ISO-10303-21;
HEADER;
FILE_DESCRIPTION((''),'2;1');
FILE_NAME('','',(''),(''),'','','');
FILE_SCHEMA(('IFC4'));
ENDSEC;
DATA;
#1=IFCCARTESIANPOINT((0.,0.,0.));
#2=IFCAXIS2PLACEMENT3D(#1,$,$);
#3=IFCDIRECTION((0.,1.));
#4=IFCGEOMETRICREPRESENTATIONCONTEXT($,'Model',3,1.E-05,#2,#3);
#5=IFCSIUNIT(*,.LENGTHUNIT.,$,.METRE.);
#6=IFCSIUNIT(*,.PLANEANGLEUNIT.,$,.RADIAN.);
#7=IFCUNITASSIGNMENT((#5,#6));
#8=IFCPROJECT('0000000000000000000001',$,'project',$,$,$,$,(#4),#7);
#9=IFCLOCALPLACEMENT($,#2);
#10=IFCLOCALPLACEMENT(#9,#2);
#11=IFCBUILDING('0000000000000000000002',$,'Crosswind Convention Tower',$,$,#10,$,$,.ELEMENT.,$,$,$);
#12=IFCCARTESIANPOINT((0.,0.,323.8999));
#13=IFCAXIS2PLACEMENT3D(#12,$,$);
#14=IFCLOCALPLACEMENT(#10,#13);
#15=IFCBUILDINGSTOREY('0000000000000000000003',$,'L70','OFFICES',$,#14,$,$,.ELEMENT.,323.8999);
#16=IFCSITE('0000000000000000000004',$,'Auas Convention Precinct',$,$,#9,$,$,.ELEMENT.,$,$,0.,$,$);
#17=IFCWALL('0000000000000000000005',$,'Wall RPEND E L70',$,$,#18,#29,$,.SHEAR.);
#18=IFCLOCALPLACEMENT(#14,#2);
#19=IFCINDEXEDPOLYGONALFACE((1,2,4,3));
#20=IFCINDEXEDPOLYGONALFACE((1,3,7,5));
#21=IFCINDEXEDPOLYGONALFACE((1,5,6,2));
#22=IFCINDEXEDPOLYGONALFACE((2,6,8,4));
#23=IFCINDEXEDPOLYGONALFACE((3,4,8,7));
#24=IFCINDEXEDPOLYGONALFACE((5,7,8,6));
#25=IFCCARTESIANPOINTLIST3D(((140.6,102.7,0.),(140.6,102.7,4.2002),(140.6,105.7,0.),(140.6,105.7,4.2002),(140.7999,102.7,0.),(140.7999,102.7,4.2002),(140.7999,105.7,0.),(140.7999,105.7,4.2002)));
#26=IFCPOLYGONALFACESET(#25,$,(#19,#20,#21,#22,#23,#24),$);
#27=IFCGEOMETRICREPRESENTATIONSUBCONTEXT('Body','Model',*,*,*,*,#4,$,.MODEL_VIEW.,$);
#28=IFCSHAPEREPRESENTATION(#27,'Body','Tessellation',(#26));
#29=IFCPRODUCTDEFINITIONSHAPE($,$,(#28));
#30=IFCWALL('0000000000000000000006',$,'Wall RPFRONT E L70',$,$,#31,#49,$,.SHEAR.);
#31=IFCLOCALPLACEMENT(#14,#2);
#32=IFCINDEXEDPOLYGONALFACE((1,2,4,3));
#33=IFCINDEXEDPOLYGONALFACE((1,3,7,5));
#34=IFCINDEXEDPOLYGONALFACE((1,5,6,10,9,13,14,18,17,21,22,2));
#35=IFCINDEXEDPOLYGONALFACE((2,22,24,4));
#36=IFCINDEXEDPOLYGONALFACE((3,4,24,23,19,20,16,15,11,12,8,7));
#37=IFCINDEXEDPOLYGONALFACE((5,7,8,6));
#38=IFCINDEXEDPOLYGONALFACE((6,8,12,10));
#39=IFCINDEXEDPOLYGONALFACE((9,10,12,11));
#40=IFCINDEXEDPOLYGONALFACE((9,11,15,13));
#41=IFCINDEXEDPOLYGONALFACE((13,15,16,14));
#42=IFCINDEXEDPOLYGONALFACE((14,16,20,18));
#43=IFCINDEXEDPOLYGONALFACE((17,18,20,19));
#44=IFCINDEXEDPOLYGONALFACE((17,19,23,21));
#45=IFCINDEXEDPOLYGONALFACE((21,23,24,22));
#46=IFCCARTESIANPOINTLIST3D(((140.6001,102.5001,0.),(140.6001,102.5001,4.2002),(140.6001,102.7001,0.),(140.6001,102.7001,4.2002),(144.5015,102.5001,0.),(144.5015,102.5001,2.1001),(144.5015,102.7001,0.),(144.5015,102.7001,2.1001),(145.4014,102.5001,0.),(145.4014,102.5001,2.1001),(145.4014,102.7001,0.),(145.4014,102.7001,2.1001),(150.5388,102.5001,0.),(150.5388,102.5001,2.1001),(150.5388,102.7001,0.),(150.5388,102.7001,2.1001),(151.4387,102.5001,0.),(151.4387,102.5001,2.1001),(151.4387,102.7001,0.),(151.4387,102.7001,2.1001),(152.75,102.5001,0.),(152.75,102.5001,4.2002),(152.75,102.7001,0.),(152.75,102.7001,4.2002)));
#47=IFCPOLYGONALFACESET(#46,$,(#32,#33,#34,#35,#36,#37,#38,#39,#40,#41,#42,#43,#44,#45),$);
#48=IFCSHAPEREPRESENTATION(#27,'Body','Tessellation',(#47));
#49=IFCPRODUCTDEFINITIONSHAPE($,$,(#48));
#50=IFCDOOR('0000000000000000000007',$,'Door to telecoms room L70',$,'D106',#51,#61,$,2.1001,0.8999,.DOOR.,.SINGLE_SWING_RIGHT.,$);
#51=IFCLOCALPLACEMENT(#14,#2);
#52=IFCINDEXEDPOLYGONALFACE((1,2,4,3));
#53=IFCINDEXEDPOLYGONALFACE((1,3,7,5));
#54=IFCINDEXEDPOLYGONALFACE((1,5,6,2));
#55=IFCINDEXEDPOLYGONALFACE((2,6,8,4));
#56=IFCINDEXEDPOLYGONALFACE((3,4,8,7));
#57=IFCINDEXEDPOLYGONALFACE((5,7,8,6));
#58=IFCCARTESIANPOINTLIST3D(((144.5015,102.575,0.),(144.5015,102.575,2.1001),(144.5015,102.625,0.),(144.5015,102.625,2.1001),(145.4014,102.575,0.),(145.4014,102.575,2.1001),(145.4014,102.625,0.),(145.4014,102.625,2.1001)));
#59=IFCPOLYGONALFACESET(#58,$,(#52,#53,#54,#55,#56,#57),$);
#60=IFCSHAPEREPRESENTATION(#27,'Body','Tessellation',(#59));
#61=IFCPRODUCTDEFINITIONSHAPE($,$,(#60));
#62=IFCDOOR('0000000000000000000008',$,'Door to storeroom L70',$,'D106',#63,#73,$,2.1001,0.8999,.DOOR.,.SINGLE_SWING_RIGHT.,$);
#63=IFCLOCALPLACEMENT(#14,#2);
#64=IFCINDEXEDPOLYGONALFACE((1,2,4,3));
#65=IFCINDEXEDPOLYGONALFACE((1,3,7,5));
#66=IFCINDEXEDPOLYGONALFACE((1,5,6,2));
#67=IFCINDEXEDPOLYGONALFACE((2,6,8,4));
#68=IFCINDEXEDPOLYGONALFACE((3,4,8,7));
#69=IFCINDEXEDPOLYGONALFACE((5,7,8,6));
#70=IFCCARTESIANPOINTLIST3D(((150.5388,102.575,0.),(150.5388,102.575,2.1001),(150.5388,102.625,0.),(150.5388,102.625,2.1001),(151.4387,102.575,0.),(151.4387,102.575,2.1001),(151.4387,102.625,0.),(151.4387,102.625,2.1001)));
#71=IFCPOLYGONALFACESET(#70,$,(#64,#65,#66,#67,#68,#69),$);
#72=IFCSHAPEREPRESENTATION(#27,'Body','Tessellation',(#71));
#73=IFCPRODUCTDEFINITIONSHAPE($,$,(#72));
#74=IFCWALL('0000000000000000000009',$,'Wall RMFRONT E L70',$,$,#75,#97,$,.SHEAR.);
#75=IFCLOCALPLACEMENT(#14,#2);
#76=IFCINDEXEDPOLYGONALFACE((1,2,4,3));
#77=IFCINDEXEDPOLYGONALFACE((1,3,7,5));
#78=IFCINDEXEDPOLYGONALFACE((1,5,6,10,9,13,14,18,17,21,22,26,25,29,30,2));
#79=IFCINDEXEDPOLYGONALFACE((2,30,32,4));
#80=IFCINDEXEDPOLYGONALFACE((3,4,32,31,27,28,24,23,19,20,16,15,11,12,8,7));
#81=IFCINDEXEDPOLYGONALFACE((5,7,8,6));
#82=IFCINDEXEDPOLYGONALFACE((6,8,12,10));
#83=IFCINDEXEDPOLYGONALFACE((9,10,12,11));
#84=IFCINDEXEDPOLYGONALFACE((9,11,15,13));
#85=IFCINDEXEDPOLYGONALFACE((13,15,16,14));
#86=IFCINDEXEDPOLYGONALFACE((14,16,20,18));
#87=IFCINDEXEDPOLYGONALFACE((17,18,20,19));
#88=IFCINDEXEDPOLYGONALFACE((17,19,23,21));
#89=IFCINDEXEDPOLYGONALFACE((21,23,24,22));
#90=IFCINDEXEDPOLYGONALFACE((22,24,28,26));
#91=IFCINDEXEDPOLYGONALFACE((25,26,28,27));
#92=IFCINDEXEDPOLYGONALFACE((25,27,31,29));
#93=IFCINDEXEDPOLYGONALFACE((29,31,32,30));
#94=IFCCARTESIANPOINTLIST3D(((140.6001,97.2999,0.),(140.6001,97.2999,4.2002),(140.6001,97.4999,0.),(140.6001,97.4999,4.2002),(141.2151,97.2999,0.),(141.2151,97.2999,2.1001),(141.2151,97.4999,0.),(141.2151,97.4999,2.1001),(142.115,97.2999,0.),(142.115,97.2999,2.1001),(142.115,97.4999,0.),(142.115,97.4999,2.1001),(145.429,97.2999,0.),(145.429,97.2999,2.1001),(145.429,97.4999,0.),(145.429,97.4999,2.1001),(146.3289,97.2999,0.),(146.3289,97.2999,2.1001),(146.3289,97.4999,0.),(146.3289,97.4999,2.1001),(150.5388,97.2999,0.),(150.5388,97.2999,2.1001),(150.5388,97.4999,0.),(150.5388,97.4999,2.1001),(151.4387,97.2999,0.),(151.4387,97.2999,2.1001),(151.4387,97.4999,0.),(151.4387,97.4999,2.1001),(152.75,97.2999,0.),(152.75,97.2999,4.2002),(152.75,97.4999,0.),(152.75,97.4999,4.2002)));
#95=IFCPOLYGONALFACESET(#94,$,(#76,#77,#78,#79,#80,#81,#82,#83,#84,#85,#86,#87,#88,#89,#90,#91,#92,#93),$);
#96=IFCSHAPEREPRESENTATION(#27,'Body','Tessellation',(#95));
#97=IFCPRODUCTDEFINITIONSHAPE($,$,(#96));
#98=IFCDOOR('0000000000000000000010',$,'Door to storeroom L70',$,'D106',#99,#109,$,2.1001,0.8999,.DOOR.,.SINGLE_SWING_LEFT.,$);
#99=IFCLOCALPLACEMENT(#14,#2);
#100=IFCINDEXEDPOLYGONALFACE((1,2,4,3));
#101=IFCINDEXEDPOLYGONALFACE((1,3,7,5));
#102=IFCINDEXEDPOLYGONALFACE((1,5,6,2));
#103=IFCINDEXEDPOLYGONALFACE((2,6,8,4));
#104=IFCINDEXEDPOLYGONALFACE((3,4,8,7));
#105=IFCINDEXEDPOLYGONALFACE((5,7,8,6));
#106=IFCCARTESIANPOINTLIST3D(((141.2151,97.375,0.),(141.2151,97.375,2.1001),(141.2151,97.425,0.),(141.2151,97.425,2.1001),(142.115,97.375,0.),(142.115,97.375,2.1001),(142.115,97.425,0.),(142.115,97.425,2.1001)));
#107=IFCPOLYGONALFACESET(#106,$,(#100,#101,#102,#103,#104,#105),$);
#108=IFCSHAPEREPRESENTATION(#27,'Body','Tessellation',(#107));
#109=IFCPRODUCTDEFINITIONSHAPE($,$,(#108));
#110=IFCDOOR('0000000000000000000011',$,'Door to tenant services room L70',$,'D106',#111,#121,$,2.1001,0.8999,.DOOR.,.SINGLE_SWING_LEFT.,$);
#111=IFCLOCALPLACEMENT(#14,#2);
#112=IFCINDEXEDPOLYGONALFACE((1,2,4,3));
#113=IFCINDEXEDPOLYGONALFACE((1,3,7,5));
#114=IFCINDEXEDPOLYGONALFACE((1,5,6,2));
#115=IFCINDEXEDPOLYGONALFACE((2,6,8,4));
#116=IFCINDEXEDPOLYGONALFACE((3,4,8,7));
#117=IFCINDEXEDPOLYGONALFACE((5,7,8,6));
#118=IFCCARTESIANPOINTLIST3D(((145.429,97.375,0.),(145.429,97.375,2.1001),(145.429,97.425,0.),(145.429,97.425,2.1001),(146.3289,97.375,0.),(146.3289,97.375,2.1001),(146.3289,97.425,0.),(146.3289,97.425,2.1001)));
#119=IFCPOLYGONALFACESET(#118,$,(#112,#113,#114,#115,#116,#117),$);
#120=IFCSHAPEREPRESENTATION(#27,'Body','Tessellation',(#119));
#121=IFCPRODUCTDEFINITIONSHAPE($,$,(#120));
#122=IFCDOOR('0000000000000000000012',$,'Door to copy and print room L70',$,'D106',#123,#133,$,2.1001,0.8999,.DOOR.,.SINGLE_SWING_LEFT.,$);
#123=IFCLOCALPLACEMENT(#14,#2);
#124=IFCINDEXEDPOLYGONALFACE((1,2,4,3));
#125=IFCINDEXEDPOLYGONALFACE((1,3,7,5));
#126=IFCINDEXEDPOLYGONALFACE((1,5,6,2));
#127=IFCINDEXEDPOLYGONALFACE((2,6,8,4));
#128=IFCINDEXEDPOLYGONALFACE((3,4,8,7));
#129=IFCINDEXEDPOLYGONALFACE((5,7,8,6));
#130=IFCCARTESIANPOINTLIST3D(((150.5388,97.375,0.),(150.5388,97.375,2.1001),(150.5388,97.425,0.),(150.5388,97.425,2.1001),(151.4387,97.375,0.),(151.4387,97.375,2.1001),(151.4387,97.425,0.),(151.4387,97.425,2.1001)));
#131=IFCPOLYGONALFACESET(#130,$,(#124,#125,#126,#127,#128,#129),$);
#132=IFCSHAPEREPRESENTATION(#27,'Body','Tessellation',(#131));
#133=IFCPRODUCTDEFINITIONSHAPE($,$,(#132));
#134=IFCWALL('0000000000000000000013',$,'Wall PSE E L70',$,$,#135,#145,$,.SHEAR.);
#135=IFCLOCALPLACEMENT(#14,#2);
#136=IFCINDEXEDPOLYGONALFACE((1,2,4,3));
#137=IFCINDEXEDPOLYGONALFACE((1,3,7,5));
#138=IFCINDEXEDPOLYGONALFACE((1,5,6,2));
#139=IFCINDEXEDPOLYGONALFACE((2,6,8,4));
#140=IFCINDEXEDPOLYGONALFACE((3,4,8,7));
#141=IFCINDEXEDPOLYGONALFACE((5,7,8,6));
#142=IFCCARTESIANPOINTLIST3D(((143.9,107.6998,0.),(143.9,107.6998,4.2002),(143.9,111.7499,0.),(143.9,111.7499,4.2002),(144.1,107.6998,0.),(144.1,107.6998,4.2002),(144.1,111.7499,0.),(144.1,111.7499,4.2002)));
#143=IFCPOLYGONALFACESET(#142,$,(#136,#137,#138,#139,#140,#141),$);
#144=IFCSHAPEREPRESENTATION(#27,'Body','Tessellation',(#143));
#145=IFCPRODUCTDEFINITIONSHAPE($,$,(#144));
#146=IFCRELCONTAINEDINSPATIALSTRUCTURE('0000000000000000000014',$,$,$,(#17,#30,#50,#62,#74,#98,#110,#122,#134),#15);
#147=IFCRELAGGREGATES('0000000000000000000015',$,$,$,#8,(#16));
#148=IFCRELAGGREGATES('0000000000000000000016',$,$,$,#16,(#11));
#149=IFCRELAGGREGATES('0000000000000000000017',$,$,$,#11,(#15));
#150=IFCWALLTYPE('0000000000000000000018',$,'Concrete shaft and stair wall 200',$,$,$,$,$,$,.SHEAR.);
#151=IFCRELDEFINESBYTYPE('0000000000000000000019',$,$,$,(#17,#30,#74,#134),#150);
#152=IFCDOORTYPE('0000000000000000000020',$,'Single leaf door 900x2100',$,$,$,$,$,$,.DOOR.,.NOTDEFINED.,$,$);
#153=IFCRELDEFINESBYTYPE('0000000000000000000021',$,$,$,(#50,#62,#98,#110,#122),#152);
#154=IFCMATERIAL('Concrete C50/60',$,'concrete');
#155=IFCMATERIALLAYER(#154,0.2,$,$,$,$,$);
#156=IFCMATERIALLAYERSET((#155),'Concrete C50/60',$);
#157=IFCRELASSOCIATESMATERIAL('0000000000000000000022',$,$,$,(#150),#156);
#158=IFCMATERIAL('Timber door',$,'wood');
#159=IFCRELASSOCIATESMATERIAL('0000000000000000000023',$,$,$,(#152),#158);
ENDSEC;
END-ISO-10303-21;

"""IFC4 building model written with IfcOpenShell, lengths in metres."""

from ifc_helpers import new_model, si_unit, direction, frame, frame_2d, origin, place, context, subcontext, project, spatial, rectangle, extrude, material, layer, layer_set, type_object, element, fill, save


model = new_model("IFC4")

# Units and contexts
model_context = context("Model", 3, precision=1e-05, world=origin(), true_north=direction((0.0, 1.0)))
body_context = subcontext(model_context, "Body", "Model", "MODEL_VIEW")
ifc_project = project(units=[si_unit("LENGTHUNIT", "METRE"), si_unit("PLANEANGLEUNIT", "RADIAN")], contexts=[model_context])

# Site, building, storey
site_placement = place(None, origin())
site = spatial("IfcSite", under=ifc_project, at=site_placement, Name="Auas Convention Precinct", CompositionType="ELEMENT", RefElevation=0.0)
building_placement = place(site_placement, origin())
building = spatial("IfcBuilding", under=site, at=building_placement, Name="Crosswind Convention Tower", CompositionType="ELEMENT")
storey_placement = place(building_placement, frame((0.0, 0.0, 323.8999)))
storey = spatial("IfcBuildingStorey", under=building, at=storey_placement, Name="L70", Description="OFFICES", CompositionType="ELEMENT", Elevation=323.8999)

# Wall
ifc_material_1 = material(Name="Concrete C50/60", Category="concrete")
ifc_layer_1 = layer(ifc_material_1, 0.2)
ifc_layer_set_1 = layer_set([ifc_layer_1], Name="Concrete C50/60")
wall_type_1 = type_object("IfcWallType", Name="Concrete shaft and stair wall 200", PredefinedType="SHEAR", material=ifc_layer_set_1)
wall_1_placement = place(storey_placement, frame((140.7, 102.7, 0.0), z_axis=(0.0, 0.0, 1.0), x_axis=(0.0, 1.0, 0.0)))
element("IfcWall", 1, at=wall_1_placement, inside=storey, type_object=wall_type_1, Name="Wall RPEND E L70", PredefinedType="SHEAR", context=body_context, shape_type="SweptSolid", body=[
    extrude(rectangle(XDim=3.0, YDim=0.2, at=frame_2d((1.5, 0.0))), origin(), (0.0, 0.0, 1.0), 4.2002),
])

# Walls, openings, doors
wall_2_placement = place(storey_placement, frame((140.6001, 102.6001, 0.0), z_axis=(0.0, 0.0, 1.0), x_axis=(1.0, 0.0, 0.0)))
wall_2 = element("IfcWall", 2, at=wall_2_placement, inside=storey, type_object=wall_type_1, Name="Wall RPFRONT E L70", PredefinedType="SHEAR", context=body_context, shape_type="SweptSolid", body=[
    extrude(rectangle(XDim=12.1499, YDim=0.2, at=frame_2d((6.075, 0.0))), origin(), (0.0, 0.0, 1.0), 4.2002),
])
opening_1_placement = place(wall_2_placement, frame((3.9014, 0.0, 0.0)))
opening_1 = element("IfcOpeningElement", 3, at=opening_1_placement, cuts=wall_2, PredefinedType="OPENING", context=body_context, shape_type="SweptSolid", body=[
    extrude(rectangle(XDim=0.8999, YDim=2.1001, at=frame_2d((0.45, 1.05))), frame((0.0, 0.1099, 0.0), z_axis=(0.0, -1.0, 0.0), x_axis=(1.0, 0.0, 0.0)), (0.0, 0.0, 1.0), 0.22),
])
opening_2_placement = place(wall_2_placement, frame((9.9387, 0.0, 0.0)))
opening_2 = element("IfcOpeningElement", 4, at=opening_2_placement, cuts=wall_2, PredefinedType="OPENING", context=body_context, shape_type="SweptSolid", body=[
    extrude(rectangle(XDim=0.8999, YDim=2.1001, at=frame_2d((0.45, 1.05))), frame((0.0, 0.1099, 0.0), z_axis=(0.0, -1.0, 0.0), x_axis=(1.0, 0.0, 0.0)), (0.0, 0.0, 1.0), 0.22),
])
ifc_material_2 = material(Name="Timber door", Category="wood")
door_type_1 = type_object("IfcDoorType", Name="Single leaf door 900x2100", OperationType="NOTDEFINED", PredefinedType="DOOR", material=ifc_material_2)
door_1_placement = place(opening_1_placement, origin())
door_1 = element("IfcDoor", 5, at=door_1_placement, inside=storey, type_object=door_type_1, Name="Door to telecoms room L70", ObjectType="D106", OperationType="SINGLE_SWING_RIGHT", OverallHeight=2.1001, OverallWidth=0.8999, PredefinedType="DOOR", context=body_context, shape_type="SweptSolid", body=[
    extrude(rectangle(XDim=0.8999, YDim=2.1001, at=frame_2d((0.45, 1.05))), frame((0.0, 0.0249, 0.0), z_axis=(0.0, -1.0, 0.0), x_axis=(1.0, 0.0, 0.0)), (0.0, 0.0, 1.0), 0.05),
])
fill(opening_1, door_1)
door_2_placement = place(opening_2_placement, origin())
door_2 = element("IfcDoor", 6, at=door_2_placement, inside=storey, type_object=door_type_1, Name="Door to storeroom L70", ObjectType="D106", OperationType="SINGLE_SWING_RIGHT", OverallHeight=2.1001, OverallWidth=0.8999, PredefinedType="DOOR", context=body_context, shape_type="SweptSolid", body=[
    extrude(rectangle(XDim=0.8999, YDim=2.1001, at=frame_2d((0.45, 1.05))), frame((0.0, 0.0249, 0.0), z_axis=(0.0, -1.0, 0.0), x_axis=(1.0, 0.0, 0.0)), (0.0, 0.0, 1.0), 0.05),
])
fill(opening_2, door_2)
wall_3_placement = place(storey_placement, frame((140.6001, 97.3999, 0.0), z_axis=(0.0, 0.0, 1.0), x_axis=(1.0, 0.0, 0.0)))
wall_3 = element("IfcWall", 7, at=wall_3_placement, inside=storey, type_object=wall_type_1, Name="Wall RMFRONT E L70", PredefinedType="SHEAR", context=body_context, shape_type="SweptSolid", body=[
    extrude(rectangle(XDim=12.1499, YDim=0.2, at=frame_2d((6.075, 0.0))), origin(), (0.0, 0.0, 1.0), 4.2002),
])
opening_3_placement = place(wall_3_placement, frame((0.615, 0.0, 0.0)))
opening_3 = element("IfcOpeningElement", 8, at=opening_3_placement, cuts=wall_3, PredefinedType="OPENING", context=body_context, shape_type="SweptSolid", body=[
    extrude(rectangle(XDim=0.8999, YDim=2.1001, at=frame_2d((0.45, 1.05))), frame((0.0, 0.1099, 0.0), z_axis=(0.0, -1.0, 0.0), x_axis=(1.0, 0.0, 0.0)), (0.0, 0.0, 1.0), 0.22),
])
opening_4_placement = place(wall_3_placement, frame((4.8289, 0.0, 0.0)))
opening_4 = element("IfcOpeningElement", 9, at=opening_4_placement, cuts=wall_3, PredefinedType="OPENING", context=body_context, shape_type="SweptSolid", body=[
    extrude(rectangle(XDim=0.8999, YDim=2.1001, at=frame_2d((0.45, 1.05))), frame((0.0, 0.1099, 0.0), z_axis=(0.0, -1.0, 0.0), x_axis=(1.0, 0.0, 0.0)), (0.0, 0.0, 1.0), 0.22),
])
opening_5_placement = place(wall_3_placement, frame((9.9387, 0.0, 0.0)))
opening_5 = element("IfcOpeningElement", 10, at=opening_5_placement, cuts=wall_3, PredefinedType="OPENING", context=body_context, shape_type="SweptSolid", body=[
    extrude(rectangle(XDim=0.8999, YDim=2.1001, at=frame_2d((0.45, 1.05))), frame((0.0, 0.1099, 0.0), z_axis=(0.0, -1.0, 0.0), x_axis=(1.0, 0.0, 0.0)), (0.0, 0.0, 1.0), 0.22),
])
door_3_placement = place(opening_3_placement, frame((0.8999, 0.0, 0.0), z_axis=(0.0, 0.0, 1.0), x_axis=(-1.0, 0.0, 0.0)))
door_3 = element("IfcDoor", 11, at=door_3_placement, inside=storey, type_object=door_type_1, Name="Door to storeroom L70", ObjectType="D106", OperationType="SINGLE_SWING_LEFT", OverallHeight=2.1001, OverallWidth=0.8999, PredefinedType="DOOR", context=body_context, shape_type="SweptSolid", body=[
    extrude(rectangle(XDim=0.8999, YDim=2.1001, at=frame_2d((0.45, 1.05))), frame((0.0, 0.0249, 0.0), z_axis=(0.0, -1.0, 0.0), x_axis=(1.0, 0.0, 0.0)), (0.0, 0.0, 1.0), 0.05),
])
fill(opening_3, door_3)
door_4_placement = place(opening_4_placement, frame((0.8999, 0.0, 0.0), z_axis=(0.0, 0.0, 1.0), x_axis=(-1.0, 0.0, 0.0)))
door_4 = element("IfcDoor", 12, at=door_4_placement, inside=storey, type_object=door_type_1, Name="Door to tenant services room L70", ObjectType="D106", OperationType="SINGLE_SWING_LEFT", OverallHeight=2.1001, OverallWidth=0.8999, PredefinedType="DOOR", context=body_context, shape_type="SweptSolid", body=[
    extrude(rectangle(XDim=0.8999, YDim=2.1001, at=frame_2d((0.45, 1.05))), frame((0.0, 0.0249, 0.0), z_axis=(0.0, -1.0, 0.0), x_axis=(1.0, 0.0, 0.0)), (0.0, 0.0, 1.0), 0.05),
])
fill(opening_4, door_4)
door_5_placement = place(opening_5_placement, frame((0.8999, 0.0, 0.0), z_axis=(0.0, 0.0, 1.0), x_axis=(-1.0, 0.0, 0.0)))
door_5 = element("IfcDoor", 13, at=door_5_placement, inside=storey, type_object=door_type_1, Name="Door to copy and print room L70", ObjectType="D106", OperationType="SINGLE_SWING_LEFT", OverallHeight=2.1001, OverallWidth=0.8999, PredefinedType="DOOR", context=body_context, shape_type="SweptSolid", body=[
    extrude(rectangle(XDim=0.8999, YDim=2.1001, at=frame_2d((0.45, 1.05))), frame((0.0, 0.0249, 0.0), z_axis=(0.0, -1.0, 0.0), x_axis=(1.0, 0.0, 0.0)), (0.0, 0.0, 1.0), 0.05),
])
fill(opening_5, door_5)

# Wall
wall_4_placement = place(storey_placement, frame((144.0, 107.7, 0.0), z_axis=(0.0, 0.0, 1.0), x_axis=(0.0, 1.0, 0.0)))
element("IfcWall", 14, at=wall_4_placement, inside=storey, type_object=wall_type_1, Name="Wall PSE E L70", PredefinedType="SHEAR", context=body_context, shape_type="SweptSolid", body=[
    extrude(rectangle(XDim=4.05, YDim=0.2, at=frame_2d((2.0249, 0.0))), origin(), (0.0, 0.0, 1.0), 4.2002),
])

save(model, "model.ifc")
